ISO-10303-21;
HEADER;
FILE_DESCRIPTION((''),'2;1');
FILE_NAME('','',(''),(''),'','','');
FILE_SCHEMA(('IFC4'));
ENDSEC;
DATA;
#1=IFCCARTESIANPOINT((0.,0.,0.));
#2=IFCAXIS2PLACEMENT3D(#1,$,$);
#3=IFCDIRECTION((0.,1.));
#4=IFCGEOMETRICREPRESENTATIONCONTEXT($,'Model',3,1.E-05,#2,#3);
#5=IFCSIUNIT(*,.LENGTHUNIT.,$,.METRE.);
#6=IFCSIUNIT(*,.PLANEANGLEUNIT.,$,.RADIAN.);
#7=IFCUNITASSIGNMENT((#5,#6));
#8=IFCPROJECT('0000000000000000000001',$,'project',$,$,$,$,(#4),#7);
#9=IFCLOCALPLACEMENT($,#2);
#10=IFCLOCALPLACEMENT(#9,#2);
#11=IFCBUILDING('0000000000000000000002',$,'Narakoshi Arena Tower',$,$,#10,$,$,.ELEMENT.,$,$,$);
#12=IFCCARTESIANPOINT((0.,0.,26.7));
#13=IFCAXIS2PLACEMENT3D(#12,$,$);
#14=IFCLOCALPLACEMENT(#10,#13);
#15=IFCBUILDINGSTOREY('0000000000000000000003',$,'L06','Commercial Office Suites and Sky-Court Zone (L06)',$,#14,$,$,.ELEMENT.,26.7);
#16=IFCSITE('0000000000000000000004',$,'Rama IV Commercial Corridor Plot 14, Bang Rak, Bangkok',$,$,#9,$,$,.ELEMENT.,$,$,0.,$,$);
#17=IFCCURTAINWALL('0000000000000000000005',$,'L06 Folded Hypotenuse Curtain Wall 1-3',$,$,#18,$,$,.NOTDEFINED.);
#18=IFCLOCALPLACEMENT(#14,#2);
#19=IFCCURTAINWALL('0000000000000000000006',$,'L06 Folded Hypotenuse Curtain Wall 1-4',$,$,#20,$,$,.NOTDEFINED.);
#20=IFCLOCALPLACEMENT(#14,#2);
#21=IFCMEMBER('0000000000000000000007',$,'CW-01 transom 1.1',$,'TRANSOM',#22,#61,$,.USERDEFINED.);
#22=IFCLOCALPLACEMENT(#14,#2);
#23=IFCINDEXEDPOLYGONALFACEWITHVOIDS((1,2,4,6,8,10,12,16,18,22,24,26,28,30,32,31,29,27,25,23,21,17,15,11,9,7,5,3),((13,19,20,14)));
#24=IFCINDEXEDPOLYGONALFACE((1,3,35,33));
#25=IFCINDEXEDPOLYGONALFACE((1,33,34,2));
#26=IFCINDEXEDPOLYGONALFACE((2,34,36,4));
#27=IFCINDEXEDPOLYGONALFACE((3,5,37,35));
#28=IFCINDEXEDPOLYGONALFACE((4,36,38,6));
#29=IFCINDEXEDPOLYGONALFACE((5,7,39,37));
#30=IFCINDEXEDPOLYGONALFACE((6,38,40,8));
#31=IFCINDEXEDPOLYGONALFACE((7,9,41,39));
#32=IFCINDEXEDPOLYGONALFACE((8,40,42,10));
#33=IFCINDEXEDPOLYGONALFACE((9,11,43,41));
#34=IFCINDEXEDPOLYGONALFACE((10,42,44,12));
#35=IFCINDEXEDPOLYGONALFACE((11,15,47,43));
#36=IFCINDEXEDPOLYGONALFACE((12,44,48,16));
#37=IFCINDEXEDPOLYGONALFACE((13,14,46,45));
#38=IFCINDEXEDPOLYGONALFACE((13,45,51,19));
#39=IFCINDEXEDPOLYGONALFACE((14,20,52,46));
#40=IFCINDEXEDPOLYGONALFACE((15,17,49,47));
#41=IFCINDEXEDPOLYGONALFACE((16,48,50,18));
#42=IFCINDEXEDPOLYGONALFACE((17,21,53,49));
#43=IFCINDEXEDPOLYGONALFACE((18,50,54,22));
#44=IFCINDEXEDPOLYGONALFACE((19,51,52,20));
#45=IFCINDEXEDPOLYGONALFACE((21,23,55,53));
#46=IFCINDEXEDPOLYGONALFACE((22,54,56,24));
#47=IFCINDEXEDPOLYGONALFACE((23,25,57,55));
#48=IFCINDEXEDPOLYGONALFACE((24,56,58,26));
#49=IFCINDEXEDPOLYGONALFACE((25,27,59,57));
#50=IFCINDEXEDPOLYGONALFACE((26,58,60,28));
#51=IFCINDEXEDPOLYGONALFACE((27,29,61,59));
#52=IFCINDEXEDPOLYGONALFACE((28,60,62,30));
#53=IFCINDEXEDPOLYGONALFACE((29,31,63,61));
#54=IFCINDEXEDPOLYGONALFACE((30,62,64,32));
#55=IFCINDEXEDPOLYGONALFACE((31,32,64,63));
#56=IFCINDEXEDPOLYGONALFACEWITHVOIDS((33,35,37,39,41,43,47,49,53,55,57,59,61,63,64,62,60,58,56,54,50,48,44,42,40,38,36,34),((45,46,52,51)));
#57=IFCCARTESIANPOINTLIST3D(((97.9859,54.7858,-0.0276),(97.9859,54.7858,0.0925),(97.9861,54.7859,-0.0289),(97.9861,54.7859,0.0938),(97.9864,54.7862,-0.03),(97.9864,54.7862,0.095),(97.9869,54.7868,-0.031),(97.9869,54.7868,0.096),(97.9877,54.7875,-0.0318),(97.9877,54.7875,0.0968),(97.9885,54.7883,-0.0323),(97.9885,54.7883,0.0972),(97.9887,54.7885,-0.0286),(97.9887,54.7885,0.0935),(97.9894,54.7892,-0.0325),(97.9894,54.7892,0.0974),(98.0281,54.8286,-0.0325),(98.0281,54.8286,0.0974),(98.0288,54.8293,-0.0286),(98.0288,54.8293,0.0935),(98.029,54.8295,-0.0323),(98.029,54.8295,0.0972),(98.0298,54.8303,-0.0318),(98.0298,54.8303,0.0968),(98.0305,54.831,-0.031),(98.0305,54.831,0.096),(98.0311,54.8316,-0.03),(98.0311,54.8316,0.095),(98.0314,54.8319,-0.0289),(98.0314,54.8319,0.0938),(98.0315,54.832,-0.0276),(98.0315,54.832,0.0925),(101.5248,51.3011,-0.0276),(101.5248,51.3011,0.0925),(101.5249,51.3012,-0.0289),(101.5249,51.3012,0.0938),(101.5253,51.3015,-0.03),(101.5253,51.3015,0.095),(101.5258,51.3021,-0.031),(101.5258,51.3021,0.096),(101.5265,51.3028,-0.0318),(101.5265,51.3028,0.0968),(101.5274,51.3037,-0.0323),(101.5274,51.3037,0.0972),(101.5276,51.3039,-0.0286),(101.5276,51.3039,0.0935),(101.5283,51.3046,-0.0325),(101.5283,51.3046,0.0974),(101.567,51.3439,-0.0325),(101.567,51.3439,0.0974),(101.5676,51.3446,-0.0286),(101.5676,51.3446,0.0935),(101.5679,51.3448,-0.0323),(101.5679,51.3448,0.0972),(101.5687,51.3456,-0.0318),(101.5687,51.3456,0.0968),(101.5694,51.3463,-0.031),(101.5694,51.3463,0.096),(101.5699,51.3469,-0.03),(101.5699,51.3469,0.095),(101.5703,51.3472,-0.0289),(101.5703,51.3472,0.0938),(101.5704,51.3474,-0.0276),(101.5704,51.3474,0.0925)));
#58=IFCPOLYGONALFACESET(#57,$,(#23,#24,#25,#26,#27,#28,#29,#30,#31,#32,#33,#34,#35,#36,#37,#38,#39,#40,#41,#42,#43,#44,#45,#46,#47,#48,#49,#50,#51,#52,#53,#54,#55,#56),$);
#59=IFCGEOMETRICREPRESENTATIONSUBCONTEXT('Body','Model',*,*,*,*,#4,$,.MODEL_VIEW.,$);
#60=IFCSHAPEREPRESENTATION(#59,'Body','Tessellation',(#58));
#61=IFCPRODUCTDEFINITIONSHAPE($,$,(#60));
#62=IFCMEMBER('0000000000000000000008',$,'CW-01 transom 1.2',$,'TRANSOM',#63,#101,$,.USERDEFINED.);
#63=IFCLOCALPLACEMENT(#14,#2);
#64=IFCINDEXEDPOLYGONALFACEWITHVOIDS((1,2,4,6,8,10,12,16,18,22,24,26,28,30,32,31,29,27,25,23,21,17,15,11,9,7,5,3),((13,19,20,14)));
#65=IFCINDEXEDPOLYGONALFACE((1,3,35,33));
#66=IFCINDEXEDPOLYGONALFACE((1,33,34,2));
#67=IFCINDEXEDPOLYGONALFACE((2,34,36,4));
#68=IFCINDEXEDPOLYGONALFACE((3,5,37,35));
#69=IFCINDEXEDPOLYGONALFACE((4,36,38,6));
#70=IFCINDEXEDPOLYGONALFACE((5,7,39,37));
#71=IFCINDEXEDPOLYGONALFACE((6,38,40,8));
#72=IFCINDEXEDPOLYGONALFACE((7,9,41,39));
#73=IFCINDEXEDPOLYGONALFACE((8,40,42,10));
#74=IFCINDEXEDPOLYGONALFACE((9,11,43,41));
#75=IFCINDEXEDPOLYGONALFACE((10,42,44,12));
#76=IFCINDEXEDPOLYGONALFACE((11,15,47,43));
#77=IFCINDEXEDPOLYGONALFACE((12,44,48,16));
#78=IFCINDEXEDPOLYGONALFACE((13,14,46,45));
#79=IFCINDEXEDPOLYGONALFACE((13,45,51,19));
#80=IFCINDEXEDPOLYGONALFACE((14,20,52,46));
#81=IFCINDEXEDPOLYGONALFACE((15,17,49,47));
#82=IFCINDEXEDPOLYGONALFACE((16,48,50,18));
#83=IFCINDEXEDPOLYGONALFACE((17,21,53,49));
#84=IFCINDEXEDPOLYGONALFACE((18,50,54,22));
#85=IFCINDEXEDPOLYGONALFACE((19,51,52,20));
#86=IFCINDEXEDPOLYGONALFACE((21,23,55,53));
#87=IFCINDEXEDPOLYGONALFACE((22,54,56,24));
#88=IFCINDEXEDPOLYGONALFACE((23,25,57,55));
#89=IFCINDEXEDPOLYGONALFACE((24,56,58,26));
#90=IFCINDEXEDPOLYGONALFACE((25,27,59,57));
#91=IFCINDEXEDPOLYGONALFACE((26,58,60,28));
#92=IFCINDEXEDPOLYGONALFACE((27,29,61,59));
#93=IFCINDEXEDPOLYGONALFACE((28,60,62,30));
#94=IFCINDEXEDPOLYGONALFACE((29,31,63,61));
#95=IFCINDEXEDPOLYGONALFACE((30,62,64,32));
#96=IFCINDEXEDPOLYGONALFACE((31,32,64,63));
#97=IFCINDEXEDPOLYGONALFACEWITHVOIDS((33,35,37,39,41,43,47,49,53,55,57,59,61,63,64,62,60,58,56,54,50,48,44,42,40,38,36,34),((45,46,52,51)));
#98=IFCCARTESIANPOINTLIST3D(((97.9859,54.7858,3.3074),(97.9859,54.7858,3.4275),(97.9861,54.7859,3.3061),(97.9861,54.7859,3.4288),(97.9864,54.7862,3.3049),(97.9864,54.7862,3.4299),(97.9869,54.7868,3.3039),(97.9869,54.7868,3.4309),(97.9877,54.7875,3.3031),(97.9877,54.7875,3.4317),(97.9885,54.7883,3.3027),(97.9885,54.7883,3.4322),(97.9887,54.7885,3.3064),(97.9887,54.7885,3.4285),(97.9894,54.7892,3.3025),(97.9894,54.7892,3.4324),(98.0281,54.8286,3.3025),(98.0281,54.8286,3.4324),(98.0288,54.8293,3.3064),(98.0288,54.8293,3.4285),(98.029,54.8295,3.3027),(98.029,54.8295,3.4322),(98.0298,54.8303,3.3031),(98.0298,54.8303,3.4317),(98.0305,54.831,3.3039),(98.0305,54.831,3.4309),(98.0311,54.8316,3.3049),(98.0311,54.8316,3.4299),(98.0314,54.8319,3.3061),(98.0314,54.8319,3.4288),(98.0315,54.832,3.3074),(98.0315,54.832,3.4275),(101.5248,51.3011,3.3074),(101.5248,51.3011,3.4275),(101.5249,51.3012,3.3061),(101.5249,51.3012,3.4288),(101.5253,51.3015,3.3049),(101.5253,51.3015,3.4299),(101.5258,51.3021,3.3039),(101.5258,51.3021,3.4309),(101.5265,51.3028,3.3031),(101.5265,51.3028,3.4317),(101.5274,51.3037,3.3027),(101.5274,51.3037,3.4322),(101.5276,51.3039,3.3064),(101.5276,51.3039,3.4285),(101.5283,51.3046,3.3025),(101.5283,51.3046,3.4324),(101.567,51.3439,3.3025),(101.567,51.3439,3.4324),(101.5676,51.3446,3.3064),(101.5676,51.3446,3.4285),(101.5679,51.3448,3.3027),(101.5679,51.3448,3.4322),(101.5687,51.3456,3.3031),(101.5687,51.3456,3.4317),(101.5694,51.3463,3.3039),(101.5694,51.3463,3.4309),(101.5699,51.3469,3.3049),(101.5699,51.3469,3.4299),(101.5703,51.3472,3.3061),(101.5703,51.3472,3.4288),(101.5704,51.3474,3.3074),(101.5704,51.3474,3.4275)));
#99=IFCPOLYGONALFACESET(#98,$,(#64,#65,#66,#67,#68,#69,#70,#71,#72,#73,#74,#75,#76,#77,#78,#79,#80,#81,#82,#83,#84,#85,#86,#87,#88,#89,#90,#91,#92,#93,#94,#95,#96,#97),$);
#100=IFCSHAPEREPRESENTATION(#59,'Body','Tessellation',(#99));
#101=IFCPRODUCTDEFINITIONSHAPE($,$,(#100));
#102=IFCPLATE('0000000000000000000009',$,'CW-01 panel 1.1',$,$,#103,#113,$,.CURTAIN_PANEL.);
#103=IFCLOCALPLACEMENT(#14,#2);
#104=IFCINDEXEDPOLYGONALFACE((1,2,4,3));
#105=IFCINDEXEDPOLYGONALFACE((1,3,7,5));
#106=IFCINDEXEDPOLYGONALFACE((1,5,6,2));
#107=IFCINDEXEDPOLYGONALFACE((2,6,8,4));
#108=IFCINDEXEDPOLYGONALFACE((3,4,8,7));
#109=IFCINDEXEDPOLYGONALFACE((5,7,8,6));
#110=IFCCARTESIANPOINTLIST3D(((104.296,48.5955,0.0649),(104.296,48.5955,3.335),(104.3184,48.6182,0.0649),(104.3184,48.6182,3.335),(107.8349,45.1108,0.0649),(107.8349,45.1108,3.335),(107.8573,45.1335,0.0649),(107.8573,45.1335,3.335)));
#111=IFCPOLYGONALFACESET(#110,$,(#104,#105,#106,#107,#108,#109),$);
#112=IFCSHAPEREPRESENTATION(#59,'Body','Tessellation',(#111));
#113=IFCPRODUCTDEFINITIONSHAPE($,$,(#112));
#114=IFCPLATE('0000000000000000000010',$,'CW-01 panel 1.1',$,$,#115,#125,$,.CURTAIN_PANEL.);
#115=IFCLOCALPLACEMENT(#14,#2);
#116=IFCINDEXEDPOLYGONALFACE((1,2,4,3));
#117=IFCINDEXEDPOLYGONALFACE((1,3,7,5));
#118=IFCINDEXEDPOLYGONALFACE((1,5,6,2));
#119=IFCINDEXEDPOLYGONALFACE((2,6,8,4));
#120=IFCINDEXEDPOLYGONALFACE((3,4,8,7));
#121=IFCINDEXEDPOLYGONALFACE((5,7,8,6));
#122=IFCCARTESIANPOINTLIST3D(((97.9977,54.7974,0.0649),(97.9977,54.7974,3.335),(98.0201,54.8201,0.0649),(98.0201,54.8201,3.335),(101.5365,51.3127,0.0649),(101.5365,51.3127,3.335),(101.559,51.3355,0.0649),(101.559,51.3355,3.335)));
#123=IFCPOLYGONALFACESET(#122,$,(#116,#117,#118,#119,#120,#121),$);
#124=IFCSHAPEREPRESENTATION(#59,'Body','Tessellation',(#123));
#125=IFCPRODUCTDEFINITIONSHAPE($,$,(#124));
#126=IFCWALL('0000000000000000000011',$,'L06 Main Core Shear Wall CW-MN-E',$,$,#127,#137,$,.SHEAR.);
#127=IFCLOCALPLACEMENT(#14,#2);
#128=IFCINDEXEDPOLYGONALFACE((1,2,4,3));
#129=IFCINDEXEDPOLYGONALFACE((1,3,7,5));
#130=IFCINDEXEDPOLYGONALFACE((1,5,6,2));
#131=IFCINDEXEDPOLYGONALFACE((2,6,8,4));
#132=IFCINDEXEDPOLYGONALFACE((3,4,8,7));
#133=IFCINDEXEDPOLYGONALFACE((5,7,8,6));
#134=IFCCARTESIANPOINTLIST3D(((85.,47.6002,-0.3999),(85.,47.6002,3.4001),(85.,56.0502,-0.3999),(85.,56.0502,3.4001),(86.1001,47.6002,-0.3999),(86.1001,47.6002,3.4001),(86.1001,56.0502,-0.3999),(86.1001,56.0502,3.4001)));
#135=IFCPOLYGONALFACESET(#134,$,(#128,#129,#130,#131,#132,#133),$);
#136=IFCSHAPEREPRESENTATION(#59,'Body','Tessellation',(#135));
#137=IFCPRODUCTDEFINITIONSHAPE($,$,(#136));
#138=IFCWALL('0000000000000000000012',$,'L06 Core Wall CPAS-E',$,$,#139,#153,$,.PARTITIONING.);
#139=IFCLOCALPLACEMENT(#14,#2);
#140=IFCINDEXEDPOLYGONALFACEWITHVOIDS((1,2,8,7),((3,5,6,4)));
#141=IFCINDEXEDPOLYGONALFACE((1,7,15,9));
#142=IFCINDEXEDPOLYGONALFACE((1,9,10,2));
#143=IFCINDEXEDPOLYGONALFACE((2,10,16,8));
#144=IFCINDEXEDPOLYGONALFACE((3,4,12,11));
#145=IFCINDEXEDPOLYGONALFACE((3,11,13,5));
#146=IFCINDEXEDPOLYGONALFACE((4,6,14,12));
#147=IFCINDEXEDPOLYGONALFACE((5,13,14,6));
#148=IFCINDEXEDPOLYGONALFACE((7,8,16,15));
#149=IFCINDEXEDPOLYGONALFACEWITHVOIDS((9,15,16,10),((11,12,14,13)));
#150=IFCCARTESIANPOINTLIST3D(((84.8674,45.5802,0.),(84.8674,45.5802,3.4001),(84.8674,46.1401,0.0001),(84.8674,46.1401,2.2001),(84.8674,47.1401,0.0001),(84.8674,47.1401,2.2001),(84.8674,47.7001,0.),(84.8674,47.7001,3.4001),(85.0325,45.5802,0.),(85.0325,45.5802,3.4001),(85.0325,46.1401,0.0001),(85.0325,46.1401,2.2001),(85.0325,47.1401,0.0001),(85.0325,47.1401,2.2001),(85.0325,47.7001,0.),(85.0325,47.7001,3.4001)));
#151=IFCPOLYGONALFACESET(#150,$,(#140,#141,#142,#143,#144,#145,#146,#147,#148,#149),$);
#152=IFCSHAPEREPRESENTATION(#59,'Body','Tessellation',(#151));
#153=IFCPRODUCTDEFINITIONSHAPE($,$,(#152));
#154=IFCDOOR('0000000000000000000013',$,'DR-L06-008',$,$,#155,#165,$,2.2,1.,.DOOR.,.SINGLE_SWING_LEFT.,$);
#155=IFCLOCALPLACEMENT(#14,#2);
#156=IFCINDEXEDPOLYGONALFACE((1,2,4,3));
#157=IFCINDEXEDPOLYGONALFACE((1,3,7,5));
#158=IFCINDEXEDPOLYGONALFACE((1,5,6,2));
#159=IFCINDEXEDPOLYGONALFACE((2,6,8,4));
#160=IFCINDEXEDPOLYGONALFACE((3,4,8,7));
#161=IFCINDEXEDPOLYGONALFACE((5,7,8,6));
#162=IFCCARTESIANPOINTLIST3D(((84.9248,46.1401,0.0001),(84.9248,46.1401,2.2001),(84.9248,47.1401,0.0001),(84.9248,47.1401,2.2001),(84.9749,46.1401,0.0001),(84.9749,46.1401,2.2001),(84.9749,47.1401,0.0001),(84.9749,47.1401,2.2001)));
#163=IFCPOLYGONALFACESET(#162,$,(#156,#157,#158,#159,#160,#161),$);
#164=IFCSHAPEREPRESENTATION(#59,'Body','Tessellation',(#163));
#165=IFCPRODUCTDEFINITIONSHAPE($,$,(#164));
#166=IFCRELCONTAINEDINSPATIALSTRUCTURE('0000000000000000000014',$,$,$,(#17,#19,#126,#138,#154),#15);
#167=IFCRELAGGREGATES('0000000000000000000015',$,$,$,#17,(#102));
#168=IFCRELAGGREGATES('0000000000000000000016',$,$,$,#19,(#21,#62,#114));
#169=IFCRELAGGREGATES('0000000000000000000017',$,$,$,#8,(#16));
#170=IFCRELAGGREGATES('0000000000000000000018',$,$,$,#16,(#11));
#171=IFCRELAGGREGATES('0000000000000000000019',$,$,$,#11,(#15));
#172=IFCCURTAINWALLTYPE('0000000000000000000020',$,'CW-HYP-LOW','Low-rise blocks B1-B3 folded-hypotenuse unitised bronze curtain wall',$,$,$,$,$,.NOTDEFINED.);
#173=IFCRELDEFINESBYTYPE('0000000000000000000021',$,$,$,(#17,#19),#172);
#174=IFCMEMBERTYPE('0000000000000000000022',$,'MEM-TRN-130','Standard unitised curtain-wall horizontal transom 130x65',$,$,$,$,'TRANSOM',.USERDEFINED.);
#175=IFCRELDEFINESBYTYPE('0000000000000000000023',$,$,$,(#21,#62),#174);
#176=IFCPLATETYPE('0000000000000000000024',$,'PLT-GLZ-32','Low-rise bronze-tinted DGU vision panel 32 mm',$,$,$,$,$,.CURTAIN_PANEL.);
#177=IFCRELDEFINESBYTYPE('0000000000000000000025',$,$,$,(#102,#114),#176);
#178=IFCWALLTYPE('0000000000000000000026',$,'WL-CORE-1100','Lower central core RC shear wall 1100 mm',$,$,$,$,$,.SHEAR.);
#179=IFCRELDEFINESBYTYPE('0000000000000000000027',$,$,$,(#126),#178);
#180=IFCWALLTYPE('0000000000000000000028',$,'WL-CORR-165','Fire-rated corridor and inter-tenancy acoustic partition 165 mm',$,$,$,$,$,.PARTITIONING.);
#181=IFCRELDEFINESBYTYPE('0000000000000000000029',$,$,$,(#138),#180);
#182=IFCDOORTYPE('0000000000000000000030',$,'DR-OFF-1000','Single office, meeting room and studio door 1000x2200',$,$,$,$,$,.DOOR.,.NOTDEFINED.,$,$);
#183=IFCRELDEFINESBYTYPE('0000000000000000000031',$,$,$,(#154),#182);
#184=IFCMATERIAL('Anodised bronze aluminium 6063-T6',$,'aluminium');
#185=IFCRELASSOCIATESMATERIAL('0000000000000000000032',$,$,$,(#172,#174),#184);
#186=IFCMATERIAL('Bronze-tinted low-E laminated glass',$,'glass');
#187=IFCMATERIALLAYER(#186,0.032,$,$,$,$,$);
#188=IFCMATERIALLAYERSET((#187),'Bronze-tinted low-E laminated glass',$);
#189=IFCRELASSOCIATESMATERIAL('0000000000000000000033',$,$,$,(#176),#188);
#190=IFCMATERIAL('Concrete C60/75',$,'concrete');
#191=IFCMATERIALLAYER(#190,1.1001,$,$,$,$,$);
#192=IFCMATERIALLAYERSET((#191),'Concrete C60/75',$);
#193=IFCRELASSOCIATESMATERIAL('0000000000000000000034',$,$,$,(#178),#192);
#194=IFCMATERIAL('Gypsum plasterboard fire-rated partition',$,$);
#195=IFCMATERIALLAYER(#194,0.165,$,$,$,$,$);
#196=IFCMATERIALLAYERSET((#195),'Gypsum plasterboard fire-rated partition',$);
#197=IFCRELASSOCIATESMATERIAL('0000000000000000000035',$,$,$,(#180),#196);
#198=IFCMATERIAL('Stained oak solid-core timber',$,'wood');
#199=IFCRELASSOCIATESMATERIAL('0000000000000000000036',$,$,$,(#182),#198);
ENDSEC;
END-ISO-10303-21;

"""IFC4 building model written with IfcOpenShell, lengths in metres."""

from ifc_helpers import new_model, si_unit, direction, frame, frame_2d, origin, origin_2d, place, context, subcontext, project, spatial, rectangle, hollow_rectangle, extrude, material, layer, layer_set, material_profile, profile_set, type_object, element, fill, aggregate, save


model = new_model("IFC4")

# Units and contexts
model_context = context("Model", 3, precision=1e-05, world=origin(), true_north=direction((0.0, 1.0)))
body_context = subcontext(model_context, "Body", "Model", "MODEL_VIEW")
ifc_project = project(units=[si_unit("LENGTHUNIT", "METRE"), si_unit("PLANEANGLEUNIT", "RADIAN")], contexts=[model_context])

# Site, building, storey
site_placement = place(None, origin())
site = spatial("IfcSite", under=ifc_project, at=site_placement, Name="Rama IV Commercial Corridor Plot 14, Bang Rak, Bangkok", CompositionType="ELEMENT", RefElevation=0.0)
building_placement = place(site_placement, origin())
building = spatial("IfcBuilding", under=site, at=building_placement, Name="Narakoshi Arena Tower", CompositionType="ELEMENT")
storey_placement = place(building_placement, frame((0.0, 0.0, 26.7)))
storey = spatial("IfcBuildingStorey", under=building, at=storey_placement, Name="L06", Description="Commercial Office Suites and Sky-Court Zone (L06)", CompositionType="ELEMENT", Elevation=26.7)

# Shared definitions
ifc_material_1 = material(Name="Concrete C60/75", Category="concrete")

# Curtain walls
ifc_material_2 = material(Name="Anodised bronze aluminium 6063-T6", Category="aluminium")
curtain_wall_type = type_object("IfcCurtainWallType", Name="CW-HYP-LOW", Description="Low-rise blocks B1-B3 folded-hypotenuse unitised bronze curtain wall", PredefinedType="NOTDEFINED", material=ifc_material_2)
curtain_wall_1_placement = place(storey_placement, origin())
curtain_wall_1 = element("IfcCurtainWall", 1, at=curtain_wall_1_placement, inside=storey, type_object=curtain_wall_type, Name="L06 Folded Hypotenuse Curtain Wall 1-3", PredefinedType="NOTDEFINED")
curtain_wall_2_placement = place(storey_placement, origin())
curtain_wall_2 = element("IfcCurtainWall", 2, at=curtain_wall_2_placement, inside=storey, type_object=curtain_wall_type, Name="L06 Folded Hypotenuse Curtain Wall 1-4", PredefinedType="NOTDEFINED")

# Members
ifc_material_profile_1 = material_profile(ifc_material_2, hollow_rectangle(XDim=0.0649, YDim=0.1299, WallThickness=0.0039, OuterFilletRadius=0.0049, at=origin_2d()), Name="TRN130x65x4")
ifc_profile_set_1 = profile_set([ifc_material_profile_1], Name="Anodised bronze aluminium 6063-T6")
member_type_1 = type_object("IfcMemberType", Name="MEM-TRN-130", Description="Standard unitised curtain-wall horizontal transom 130x65", ElementType="TRANSOM", PredefinedType="USERDEFINED", material=ifc_profile_set_1)
member_1_placement = place(storey_placement, frame((101.5476, 51.3242, 0.0325), z_axis=(-0.712542, 0.701629, 0.0), x_axis=(-0.701629, -0.712542, 0.0)))
member_1 = element("IfcMember", 3, at=member_1_placement, type_object=member_type_1, Name="CW-01 transom 1.1", ObjectType="TRANSOM", PredefinedType="USERDEFINED", context=body_context, shape_type="SweptSolid", body=[
    extrude(hollow_rectangle(XDim=0.0649, YDim=0.1299, WallThickness=0.0039, OuterFilletRadius=0.0049, at=origin_2d()), origin(), (0.0, 0.0, 1.0), 4.9666),
])
member_2_placement = place(storey_placement, frame((101.5476, 51.3242, 3.3674), z_axis=(-0.712542, 0.701629, 0.0), x_axis=(-0.701629, -0.712542, 0.0)))
member_2 = element("IfcMember", 4, at=member_2_placement, type_object=member_type_1, Name="CW-01 transom 1.2", ObjectType="TRANSOM", PredefinedType="USERDEFINED", context=body_context, shape_type="SweptSolid", body=[
    extrude(hollow_rectangle(XDim=0.0649, YDim=0.1299, WallThickness=0.0039, OuterFilletRadius=0.0049, at=origin_2d()), origin(), (0.0, 0.0, 1.0), 4.9666),
])

# Plates
ifc_material_3 = material(Name="Bronze-tinted low-E laminated glass", Category="glass")
ifc_layer_1 = layer(ifc_material_3, 0.032)
ifc_layer_set_1 = layer_set([ifc_layer_1], Name="Bronze-tinted low-E laminated glass")
plate_type = type_object("IfcPlateType", Name="PLT-GLZ-32", Description="Low-rise bronze-tinted DGU vision panel 32 mm", PredefinedType="CURTAIN_PANEL", material=ifc_layer_set_1)
plate_1_placement = place(storey_placement, frame((106.0767, 46.8645, 0.0649), z_axis=(0.0, 0.0, 1.0), x_axis=(-0.712539, 0.701633, 0.0)))
plate_1 = element("IfcPlate", 5, at=plate_1_placement, type_object=plate_type, Name="CW-01 panel 1.1", PredefinedType="CURTAIN_PANEL", context=body_context, shape_type="SweptSolid", body=[
    extrude(rectangle(XDim=4.9666, YDim=0.032, at=origin_2d()), origin(), (0.0, 0.0, 1.0), 3.27),
])
aggregate(curtain_wall_1, [plate_1])
plate_2_placement = place(storey_placement, frame((99.7783, 53.0664, 0.0649), z_axis=(0.0, 0.0, 1.0), x_axis=(-0.712539, 0.701633, 0.0)))
plate_2 = element("IfcPlate", 6, at=plate_2_placement, type_object=plate_type, Name="CW-01 panel 1.1", PredefinedType="CURTAIN_PANEL", context=body_context, shape_type="SweptSolid", body=[
    extrude(rectangle(XDim=4.9666, YDim=0.032, at=origin_2d()), origin(), (0.0, 0.0, 1.0), 3.27),
])
aggregate(curtain_wall_2, [member_1, member_2, plate_2])

# Wall
ifc_layer_2 = layer(ifc_material_1, 1.1001)
ifc_layer_set_2 = layer_set([ifc_layer_2], Name="Concrete C60/75")
wall_type_1 = type_object("IfcWallType", Name="WL-CORE-1100", Description="Lower central core RC shear wall 1100 mm", PredefinedType="SHEAR", material=ifc_layer_set_2)
wall_1_placement = place(storey_placement, frame((85.55, 47.6001, -0.3999), z_axis=(0.0, 0.0, 1.0), x_axis=(0.0, 1.0, 0.0)))
element("IfcWall", 7, at=wall_1_placement, inside=storey, type_object=wall_type_1, Name="L06 Main Core Shear Wall CW-MN-E", PredefinedType="SHEAR", context=body_context, shape_type="SweptSolid", body=[
    extrude(rectangle(XDim=8.45, YDim=1.1001, at=frame_2d((4.2251, 0.0))), origin(), (0.0, 0.0, 1.0), 3.8),
])

# Wall, opening, door
ifc_material_4 = material(Name="Gypsum plasterboard fire-rated partition")
ifc_layer_3 = layer(ifc_material_4, 0.165)
ifc_layer_set_3 = layer_set([ifc_layer_3], Name="Gypsum plasterboard fire-rated partition")
wall_type_2 = type_object("IfcWallType", Name="WL-CORR-165", Description="Fire-rated corridor and inter-tenancy acoustic partition 165 mm", PredefinedType="PARTITIONING", material=ifc_layer_set_3)
wall_2_placement = place(storey_placement, frame((84.95, 45.5801, 0.0), z_axis=(0.0, 0.0, 1.0), x_axis=(0.0, 1.0, 0.0)))
wall_2 = element("IfcWall", 8, at=wall_2_placement, inside=storey, type_object=wall_type_2, Name="L06 Core Wall CPAS-E", PredefinedType="PARTITIONING", context=body_context, shape_type="SweptSolid", body=[
    extrude(rectangle(XDim=2.1199, YDim=0.165, at=frame_2d((1.0601, 0.0))), origin(), (0.0, 0.0, 1.0), 3.4001),
])
opening_1_placement = place(wall_2_placement, frame((0.5601, 0.0, 0.0)))
opening_1 = element("IfcOpeningElement", 9, at=opening_1_placement, cuts=wall_2, PredefinedType="OPENING", context=body_context, shape_type="SweptSolid", body=[
    extrude(rectangle(XDim=1.0, YDim=2.2, at=frame_2d((0.5, 1.1001))), frame((0.0, 0.0925, 0.0), z_axis=(0.0, -1.0, 0.0), x_axis=(1.0, 0.0, 0.0)), (0.0, 0.0, 1.0), 0.1851),
])
ifc_material_5 = material(Name="Stained oak solid-core timber", Category="wood")
door_type_1 = type_object("IfcDoorType", Name="DR-OFF-1000", Description="Single office, meeting room and studio door 1000x2200", OperationType="NOTDEFINED", PredefinedType="DOOR", material=ifc_material_5)
door_1_placement = place(opening_1_placement, frame((1.0, 0.0, 0.0), z_axis=(0.0, 0.0, 1.0), x_axis=(-1.0, 0.0, 0.0)))
door_1 = element("IfcDoor", 10, at=door_1_placement, inside=storey, type_object=door_type_1, Name="DR-L06-008", OperationType="SINGLE_SWING_LEFT", OverallHeight=2.2, OverallWidth=1.0, PredefinedType="DOOR", context=body_context, shape_type="SweptSolid", body=[
    extrude(rectangle(XDim=1.0, YDim=2.2, at=frame_2d((0.5, 1.1001))), frame((0.0, 0.0249, 0.0), z_axis=(0.0, -1.0, 0.0), x_axis=(1.0, 0.0, 0.0)), (0.0, 0.0, 1.0), 0.05),
])
fill(opening_1, door_1)

save(model, "model.ifc")
